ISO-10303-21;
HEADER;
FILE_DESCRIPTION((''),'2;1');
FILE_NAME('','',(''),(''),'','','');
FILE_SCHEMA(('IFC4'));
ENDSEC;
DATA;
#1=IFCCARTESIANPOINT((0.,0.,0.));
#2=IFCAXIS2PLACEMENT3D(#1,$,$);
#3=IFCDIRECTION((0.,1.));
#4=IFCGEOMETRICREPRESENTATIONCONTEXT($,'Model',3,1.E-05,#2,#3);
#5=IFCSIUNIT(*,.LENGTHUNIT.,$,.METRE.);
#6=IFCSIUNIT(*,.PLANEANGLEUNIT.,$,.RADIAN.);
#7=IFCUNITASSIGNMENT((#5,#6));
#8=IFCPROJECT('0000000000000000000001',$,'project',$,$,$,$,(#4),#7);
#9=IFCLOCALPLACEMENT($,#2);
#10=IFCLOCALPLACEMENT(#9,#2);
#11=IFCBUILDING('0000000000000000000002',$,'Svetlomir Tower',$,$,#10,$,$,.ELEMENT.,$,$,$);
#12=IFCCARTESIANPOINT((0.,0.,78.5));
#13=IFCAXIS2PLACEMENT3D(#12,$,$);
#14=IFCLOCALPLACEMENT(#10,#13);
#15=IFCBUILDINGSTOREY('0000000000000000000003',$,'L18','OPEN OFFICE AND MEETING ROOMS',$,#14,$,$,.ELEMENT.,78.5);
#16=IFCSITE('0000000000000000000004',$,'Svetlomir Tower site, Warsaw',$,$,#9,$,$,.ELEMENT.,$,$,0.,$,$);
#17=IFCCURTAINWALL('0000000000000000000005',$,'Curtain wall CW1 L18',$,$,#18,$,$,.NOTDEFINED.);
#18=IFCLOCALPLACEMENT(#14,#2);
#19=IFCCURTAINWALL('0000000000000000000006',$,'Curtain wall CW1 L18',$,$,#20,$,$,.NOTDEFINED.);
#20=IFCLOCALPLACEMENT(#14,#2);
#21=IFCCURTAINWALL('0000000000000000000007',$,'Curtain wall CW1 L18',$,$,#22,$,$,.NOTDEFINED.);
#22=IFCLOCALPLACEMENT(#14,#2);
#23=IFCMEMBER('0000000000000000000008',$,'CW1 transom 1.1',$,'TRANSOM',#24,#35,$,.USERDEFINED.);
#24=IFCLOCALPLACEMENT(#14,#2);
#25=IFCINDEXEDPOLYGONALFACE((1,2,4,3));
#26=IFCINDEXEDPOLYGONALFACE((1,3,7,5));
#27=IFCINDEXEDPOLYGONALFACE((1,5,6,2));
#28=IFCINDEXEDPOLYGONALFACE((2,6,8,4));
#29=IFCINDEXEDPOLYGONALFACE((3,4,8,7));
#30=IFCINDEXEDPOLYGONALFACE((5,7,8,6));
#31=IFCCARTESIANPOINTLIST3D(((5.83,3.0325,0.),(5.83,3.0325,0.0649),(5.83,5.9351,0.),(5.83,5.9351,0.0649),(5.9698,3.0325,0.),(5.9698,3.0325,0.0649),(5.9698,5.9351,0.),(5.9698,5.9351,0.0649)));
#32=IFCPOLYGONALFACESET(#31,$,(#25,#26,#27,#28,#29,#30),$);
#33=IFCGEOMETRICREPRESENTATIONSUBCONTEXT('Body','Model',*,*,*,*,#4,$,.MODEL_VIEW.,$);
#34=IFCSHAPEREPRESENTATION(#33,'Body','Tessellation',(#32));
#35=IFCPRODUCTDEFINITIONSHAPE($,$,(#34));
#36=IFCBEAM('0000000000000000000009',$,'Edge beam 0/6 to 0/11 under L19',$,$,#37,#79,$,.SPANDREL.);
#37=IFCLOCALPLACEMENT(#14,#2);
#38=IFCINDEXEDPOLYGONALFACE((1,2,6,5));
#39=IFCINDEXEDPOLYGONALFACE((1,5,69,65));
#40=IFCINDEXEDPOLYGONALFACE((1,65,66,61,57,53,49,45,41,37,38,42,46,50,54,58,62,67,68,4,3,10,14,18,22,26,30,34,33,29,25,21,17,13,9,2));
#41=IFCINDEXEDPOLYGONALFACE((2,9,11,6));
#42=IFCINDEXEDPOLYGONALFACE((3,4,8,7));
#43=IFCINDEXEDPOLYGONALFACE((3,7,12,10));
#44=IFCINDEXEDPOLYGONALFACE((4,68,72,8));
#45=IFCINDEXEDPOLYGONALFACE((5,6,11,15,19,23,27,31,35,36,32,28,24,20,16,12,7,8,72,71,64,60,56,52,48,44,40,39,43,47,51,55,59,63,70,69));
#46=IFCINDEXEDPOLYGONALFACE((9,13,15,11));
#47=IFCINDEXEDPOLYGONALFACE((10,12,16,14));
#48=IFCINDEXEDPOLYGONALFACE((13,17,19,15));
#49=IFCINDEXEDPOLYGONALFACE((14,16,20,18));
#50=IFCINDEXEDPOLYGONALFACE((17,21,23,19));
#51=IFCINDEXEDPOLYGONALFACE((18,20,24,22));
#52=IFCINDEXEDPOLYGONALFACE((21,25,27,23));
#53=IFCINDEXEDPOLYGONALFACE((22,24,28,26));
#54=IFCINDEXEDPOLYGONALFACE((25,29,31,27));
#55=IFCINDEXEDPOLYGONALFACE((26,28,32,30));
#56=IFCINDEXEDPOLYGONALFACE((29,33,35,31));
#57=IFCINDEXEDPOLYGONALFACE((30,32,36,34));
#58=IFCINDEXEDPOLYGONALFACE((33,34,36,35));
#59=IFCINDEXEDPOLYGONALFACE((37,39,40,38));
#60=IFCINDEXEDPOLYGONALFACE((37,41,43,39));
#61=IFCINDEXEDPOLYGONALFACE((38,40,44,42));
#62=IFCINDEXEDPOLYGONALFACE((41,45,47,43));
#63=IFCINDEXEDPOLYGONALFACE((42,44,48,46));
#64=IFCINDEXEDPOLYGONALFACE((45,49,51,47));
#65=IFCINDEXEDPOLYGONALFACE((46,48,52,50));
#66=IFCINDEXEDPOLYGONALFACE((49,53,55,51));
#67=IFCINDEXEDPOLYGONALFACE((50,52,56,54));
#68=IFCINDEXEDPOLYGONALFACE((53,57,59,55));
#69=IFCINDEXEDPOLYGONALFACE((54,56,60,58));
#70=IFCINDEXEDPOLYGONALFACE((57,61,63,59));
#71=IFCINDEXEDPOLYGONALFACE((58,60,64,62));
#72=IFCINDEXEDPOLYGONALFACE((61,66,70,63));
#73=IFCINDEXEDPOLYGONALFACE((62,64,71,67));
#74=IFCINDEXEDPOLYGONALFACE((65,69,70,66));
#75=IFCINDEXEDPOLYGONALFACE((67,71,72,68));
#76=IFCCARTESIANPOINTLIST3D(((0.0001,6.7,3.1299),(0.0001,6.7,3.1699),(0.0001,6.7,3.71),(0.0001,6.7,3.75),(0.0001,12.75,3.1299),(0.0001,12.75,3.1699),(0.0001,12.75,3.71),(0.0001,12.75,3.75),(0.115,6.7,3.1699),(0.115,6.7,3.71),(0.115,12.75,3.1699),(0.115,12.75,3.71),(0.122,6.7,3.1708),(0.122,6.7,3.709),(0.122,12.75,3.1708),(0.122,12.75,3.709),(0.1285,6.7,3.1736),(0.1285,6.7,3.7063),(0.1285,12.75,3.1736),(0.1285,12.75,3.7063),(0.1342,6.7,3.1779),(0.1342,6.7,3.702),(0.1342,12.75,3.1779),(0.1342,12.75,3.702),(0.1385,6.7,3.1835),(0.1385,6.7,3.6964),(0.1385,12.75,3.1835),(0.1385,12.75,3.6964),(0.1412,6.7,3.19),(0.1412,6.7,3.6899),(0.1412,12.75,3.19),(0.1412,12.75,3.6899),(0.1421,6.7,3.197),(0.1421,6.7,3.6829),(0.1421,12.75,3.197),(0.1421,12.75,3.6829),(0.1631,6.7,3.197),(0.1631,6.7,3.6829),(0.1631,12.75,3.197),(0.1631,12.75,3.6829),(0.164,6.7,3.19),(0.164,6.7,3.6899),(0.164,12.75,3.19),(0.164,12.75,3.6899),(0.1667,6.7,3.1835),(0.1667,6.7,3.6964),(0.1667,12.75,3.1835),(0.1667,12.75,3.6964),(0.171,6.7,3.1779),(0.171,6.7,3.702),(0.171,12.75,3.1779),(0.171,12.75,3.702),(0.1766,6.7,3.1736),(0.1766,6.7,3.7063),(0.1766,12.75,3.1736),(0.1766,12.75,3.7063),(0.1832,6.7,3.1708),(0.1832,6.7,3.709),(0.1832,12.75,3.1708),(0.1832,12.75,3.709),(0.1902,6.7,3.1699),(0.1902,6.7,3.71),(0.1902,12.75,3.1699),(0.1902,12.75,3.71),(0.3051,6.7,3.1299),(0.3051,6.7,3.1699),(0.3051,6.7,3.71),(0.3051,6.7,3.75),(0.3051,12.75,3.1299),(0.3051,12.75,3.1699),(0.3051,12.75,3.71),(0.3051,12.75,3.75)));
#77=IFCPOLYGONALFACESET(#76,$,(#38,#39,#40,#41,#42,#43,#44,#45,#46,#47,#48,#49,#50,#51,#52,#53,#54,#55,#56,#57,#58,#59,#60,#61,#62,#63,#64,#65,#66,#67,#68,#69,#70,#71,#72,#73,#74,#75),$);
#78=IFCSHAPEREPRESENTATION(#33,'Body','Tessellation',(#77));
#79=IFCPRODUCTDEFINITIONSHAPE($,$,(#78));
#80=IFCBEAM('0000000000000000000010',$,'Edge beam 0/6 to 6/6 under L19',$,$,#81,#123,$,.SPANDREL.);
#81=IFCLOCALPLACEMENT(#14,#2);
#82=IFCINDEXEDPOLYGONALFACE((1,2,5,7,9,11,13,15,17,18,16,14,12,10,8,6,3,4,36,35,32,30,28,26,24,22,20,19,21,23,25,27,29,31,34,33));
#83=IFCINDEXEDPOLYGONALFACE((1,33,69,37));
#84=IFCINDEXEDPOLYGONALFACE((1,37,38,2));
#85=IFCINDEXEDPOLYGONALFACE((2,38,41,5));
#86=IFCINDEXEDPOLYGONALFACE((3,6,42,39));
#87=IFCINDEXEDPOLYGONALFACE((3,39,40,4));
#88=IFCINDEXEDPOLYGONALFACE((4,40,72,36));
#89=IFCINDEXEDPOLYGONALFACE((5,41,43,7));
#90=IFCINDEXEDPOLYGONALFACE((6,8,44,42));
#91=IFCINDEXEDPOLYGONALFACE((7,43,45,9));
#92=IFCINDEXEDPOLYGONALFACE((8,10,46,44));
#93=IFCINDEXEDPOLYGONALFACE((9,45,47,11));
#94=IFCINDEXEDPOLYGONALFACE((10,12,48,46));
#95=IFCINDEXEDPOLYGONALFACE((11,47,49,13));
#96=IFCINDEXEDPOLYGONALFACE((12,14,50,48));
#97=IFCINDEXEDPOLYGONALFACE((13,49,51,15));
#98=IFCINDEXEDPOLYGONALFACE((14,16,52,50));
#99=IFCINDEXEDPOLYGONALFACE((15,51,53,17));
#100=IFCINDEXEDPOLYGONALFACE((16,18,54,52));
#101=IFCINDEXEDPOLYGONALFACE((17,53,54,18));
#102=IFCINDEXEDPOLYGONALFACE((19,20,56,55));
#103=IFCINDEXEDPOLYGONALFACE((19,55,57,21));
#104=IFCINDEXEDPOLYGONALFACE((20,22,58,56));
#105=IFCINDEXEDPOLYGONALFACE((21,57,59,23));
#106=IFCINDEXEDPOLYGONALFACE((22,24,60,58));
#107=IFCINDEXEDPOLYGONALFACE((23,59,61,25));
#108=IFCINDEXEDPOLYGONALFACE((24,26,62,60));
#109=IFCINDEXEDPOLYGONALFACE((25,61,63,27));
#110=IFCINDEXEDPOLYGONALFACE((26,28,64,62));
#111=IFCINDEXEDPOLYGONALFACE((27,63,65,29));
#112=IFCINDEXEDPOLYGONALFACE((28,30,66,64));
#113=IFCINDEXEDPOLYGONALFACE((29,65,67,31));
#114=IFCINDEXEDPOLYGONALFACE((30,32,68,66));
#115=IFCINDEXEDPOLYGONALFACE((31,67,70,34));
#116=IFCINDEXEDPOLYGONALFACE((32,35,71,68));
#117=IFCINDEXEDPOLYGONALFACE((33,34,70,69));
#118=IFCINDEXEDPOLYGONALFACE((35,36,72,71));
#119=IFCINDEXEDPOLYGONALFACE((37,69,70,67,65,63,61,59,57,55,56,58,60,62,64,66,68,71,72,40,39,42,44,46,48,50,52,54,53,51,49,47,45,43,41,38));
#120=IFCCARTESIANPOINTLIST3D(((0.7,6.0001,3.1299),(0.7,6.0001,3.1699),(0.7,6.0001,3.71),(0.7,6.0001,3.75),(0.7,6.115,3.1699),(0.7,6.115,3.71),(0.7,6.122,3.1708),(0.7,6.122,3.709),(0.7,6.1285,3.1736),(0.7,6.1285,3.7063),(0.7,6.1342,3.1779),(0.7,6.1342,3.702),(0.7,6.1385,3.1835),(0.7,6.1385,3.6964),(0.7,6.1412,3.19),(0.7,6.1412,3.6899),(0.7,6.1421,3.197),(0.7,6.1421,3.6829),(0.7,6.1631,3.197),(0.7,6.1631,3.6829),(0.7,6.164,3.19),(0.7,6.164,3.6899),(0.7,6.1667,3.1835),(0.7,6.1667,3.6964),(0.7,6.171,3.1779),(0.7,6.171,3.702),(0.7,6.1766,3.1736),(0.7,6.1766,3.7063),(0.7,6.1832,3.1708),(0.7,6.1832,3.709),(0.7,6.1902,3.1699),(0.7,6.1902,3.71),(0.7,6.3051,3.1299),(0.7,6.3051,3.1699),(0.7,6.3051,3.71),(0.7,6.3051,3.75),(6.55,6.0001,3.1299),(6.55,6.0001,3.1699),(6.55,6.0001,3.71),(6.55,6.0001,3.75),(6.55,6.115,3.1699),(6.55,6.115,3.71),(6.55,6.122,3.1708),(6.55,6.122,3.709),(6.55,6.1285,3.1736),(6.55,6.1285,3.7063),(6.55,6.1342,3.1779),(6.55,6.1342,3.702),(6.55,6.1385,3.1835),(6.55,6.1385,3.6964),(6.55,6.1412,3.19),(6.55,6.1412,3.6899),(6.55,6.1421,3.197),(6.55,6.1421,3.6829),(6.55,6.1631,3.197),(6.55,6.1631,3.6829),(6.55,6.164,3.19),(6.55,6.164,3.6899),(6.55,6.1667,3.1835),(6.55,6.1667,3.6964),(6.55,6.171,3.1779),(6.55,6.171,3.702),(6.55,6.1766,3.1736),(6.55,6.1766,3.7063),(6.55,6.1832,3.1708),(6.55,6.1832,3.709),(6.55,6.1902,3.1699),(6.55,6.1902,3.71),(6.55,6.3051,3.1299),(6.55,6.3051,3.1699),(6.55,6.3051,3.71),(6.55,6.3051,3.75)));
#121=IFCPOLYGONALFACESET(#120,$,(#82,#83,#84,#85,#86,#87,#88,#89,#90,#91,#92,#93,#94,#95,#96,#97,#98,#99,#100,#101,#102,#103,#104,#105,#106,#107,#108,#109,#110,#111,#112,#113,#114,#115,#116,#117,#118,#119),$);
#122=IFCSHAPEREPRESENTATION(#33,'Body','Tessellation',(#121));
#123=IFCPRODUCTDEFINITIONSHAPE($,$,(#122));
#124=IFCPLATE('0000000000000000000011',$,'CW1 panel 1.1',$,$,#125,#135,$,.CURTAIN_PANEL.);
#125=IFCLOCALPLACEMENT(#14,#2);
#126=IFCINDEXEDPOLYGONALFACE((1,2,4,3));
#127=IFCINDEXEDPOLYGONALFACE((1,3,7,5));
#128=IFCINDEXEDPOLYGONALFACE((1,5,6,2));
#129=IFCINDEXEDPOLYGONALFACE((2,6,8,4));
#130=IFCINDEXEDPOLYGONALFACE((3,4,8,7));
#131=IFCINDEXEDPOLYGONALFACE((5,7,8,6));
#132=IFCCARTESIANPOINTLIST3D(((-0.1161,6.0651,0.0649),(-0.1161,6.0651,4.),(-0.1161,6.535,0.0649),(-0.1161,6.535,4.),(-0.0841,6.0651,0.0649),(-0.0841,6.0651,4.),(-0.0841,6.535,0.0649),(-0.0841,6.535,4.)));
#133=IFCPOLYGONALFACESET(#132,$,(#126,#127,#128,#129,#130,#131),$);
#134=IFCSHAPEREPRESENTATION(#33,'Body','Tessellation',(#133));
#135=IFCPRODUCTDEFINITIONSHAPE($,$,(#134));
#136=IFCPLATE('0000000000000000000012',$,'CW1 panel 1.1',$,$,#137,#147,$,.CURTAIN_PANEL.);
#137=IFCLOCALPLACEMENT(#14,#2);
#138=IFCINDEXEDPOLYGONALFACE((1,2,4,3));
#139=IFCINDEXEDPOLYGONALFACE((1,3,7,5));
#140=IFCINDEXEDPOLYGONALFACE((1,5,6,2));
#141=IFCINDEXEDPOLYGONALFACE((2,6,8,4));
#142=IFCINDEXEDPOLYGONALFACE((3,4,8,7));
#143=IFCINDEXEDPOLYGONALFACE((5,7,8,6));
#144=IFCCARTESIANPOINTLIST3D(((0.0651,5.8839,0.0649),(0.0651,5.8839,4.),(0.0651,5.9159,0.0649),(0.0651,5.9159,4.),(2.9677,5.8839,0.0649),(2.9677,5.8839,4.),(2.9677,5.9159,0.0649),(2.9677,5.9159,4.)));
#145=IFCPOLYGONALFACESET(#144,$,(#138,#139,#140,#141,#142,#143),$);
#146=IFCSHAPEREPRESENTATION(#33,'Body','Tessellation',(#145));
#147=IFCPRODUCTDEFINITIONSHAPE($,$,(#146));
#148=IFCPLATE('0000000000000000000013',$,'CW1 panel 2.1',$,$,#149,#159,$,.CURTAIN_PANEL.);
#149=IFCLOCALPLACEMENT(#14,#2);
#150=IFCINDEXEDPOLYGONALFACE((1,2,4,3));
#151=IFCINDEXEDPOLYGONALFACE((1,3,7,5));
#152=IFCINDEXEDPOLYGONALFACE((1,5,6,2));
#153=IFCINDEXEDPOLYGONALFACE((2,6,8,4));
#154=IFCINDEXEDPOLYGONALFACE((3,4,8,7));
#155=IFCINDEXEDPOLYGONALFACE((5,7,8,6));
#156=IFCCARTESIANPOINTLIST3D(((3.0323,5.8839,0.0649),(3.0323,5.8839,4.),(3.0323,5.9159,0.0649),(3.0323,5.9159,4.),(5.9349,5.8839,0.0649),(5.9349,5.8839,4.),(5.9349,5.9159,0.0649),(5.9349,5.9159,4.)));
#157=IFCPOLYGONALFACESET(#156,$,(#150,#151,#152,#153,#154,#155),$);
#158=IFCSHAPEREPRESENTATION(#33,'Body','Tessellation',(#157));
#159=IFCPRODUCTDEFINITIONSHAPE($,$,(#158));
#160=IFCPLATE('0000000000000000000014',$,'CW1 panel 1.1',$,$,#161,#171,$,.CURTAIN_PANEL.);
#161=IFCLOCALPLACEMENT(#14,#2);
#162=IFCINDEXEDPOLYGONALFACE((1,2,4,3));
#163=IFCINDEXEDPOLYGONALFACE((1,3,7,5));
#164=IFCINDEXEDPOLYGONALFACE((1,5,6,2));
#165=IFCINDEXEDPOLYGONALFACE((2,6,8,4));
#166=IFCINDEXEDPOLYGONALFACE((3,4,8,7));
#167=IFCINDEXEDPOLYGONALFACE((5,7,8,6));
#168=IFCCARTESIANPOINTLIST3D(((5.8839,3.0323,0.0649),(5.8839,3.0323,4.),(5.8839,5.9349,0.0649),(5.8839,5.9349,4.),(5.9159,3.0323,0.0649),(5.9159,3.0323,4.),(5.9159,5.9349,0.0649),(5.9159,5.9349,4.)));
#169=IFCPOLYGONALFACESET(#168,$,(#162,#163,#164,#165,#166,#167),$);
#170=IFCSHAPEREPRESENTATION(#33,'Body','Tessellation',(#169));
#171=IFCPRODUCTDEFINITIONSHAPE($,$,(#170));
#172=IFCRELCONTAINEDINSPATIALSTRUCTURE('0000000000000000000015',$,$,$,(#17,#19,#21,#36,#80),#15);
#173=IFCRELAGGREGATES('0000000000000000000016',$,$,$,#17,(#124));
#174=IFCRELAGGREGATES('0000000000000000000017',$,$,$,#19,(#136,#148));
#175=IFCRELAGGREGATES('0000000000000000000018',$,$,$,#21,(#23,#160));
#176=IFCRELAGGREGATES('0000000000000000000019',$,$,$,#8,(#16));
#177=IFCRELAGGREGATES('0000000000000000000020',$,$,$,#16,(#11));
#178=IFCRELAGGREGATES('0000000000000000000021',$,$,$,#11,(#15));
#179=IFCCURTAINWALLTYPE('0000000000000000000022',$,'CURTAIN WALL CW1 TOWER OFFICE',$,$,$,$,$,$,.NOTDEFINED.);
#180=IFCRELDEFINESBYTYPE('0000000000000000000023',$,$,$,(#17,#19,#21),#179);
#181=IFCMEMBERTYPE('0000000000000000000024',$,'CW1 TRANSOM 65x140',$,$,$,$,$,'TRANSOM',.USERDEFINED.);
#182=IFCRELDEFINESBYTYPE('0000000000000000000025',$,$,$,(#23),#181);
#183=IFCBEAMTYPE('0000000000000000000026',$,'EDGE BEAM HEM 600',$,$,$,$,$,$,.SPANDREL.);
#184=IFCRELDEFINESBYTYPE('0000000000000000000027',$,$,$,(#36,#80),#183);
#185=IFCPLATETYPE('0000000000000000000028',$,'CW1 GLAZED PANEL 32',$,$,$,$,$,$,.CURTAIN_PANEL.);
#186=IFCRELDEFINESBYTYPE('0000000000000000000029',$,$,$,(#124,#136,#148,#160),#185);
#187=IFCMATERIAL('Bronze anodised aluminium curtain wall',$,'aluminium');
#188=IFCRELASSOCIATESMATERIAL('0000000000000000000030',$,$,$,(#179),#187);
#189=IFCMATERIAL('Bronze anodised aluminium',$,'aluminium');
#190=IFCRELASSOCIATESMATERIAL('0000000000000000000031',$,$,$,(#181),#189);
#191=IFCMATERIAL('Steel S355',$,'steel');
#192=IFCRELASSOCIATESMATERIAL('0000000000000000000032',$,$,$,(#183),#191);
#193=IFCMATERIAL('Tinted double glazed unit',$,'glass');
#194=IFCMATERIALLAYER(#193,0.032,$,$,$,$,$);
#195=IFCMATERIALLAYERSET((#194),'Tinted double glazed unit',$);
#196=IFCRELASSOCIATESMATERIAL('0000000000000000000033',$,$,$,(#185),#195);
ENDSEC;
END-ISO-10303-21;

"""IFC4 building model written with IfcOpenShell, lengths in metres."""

from ifc_helpers import new_model, si_unit, direction, frame, origin, origin_2d, place, context, subcontext, project, spatial, rectangle, i_section, extrude, material, layer, layer_set, material_profile, profile_set, type_object, element, aggregate, save


model = new_model("IFC4")

# Units and contexts
model_context = context("Model", 3, precision=1e-05, world=origin(), true_north=direction((0.0, 1.0)))
body_context = subcontext(model_context, "Body", "Model", "MODEL_VIEW")
ifc_project = project(units=[si_unit("LENGTHUNIT", "METRE"), si_unit("PLANEANGLEUNIT", "RADIAN")], contexts=[model_context])

# Site, building, storey
site_placement = place(None, origin())
site = spatial("IfcSite", under=ifc_project, at=site_placement, Name="Svetlomir Tower site, Warsaw", CompositionType="ELEMENT", RefElevation=0.0)
building_placement = place(site_placement, origin())
building = spatial("IfcBuilding", under=site, at=building_placement, Name="Svetlomir Tower", CompositionType="ELEMENT")
storey_placement = place(building_placement, frame((0.0, 0.0, 78.5)))
storey = spatial("IfcBuildingStorey", under=building, at=storey_placement, Name="L18", Description="OPEN OFFICE AND MEETING ROOMS", CompositionType="ELEMENT", Elevation=78.5)

# Shared definitions
ifc_material_1 = material(Name="Bronze anodised aluminium curtain wall", Category="aluminium")
curtain_wall_type = type_object("IfcCurtainWallType", Name="CURTAIN WALL CW1 TOWER OFFICE", PredefinedType="NOTDEFINED", material=ifc_material_1)

# Curtain walls
curtain_wall_1_placement = place(storey_placement, origin())
curtain_wall_1 = element("IfcCurtainWall", 1, at=curtain_wall_1_placement, inside=storey, type_object=curtain_wall_type, Name="Curtain wall CW1 L18", PredefinedType="NOTDEFINED")
curtain_wall_2_placement = place(storey_placement, origin())
curtain_wall_2 = element("IfcCurtainWall", 2, at=curtain_wall_2_placement, inside=storey, type_object=curtain_wall_type, Name="Curtain wall CW1 L18", PredefinedType="NOTDEFINED")

# Curtain wall
curtain_wall_3_placement = place(storey_placement, origin())
curtain_wall_3 = element("IfcCurtainWall", 3, at=curtain_wall_3_placement, inside=storey, type_object=curtain_wall_type, Name="Curtain wall CW1 L18", PredefinedType="NOTDEFINED")

# Member
ifc_material_2 = material(Name="Bronze anodised aluminium", Category="aluminium")
ifc_material_profile_1 = material_profile(ifc_material_2, rectangle(XDim=0.1399, YDim=0.0649, at=origin_2d()), Name="AL 140x65")
ifc_profile_set_1 = profile_set([ifc_material_profile_1], Name="Bronze anodised aluminium 6063-T6")
member_type_1 = type_object("IfcMemberType", Name="CW1 TRANSOM 65x140", ElementType="TRANSOM", PredefinedType="USERDEFINED", material=ifc_profile_set_1)
member_1_placement = place(storey_placement, frame((5.8999, 5.9351, 0.0325), z_axis=(0.0, -1.0, 0.0), x_axis=(1.0, 0.0, 0.0)))
member_1 = element("IfcMember", 4, at=member_1_placement, type_object=member_type_1, Name="CW1 transom 1.1", ObjectType="TRANSOM", PredefinedType="USERDEFINED", context=body_context, shape_type="SweptSolid", body=[
    extrude(rectangle(XDim=0.1399, YDim=0.0649, at=origin_2d()), origin(), (0.0, 0.0, 1.0), 2.9026),
])

# Beams
ifc_material_3 = material(Name="Steel S355", Category="steel")
ifc_material_profile_2 = material_profile(ifc_material_3, i_section(OverallWidth=0.3049, OverallDepth=0.6201, WebThickness=0.021, FlangeThickness=0.04, FilletRadius=0.0271, at=origin_2d()), Name="HEM 600")
ifc_profile_set_2 = profile_set([ifc_material_profile_2], Name="Steel S355")
beam_type_1 = type_object("IfcBeamType", Name="EDGE BEAM HEM 600", PredefinedType="SPANDREL", material=ifc_profile_set_2)
beam_1_placement = place(storey_placement, frame((0.1526, 6.7, 3.4399), z_axis=(0.0, 1.0, 0.0), x_axis=(-1.0, 0.0, 0.0)))
element("IfcBeam", 5, at=beam_1_placement, inside=storey, type_object=beam_type_1, Name="Edge beam 0/6 to 0/11 under L19", PredefinedType="SPANDREL", context=body_context, shape_type="SweptSolid", body=[
    extrude(i_section(OverallWidth=0.3049, OverallDepth=0.6201, WebThickness=0.021, FlangeThickness=0.04, FilletRadius=0.0271, at=origin_2d()), origin(), (0.0, 0.0, 1.0), 6.05),
])
beam_2_placement = place(storey_placement, frame((0.7, 6.1526, 3.4399), z_axis=(1.0, 0.0, 0.0), x_axis=(0.0, 1.0, 0.0)))
element("IfcBeam", 6, at=beam_2_placement, inside=storey, type_object=beam_type_1, Name="Edge beam 0/6 to 6/6 under L19", PredefinedType="SPANDREL", context=body_context, shape_type="SweptSolid", body=[
    extrude(i_section(OverallWidth=0.3049, OverallDepth=0.6201, WebThickness=0.021, FlangeThickness=0.04, FilletRadius=0.0271, at=origin_2d()), origin(), (0.0, 0.0, 1.0), 5.8501),
])

# Plates
ifc_material_4 = material(Name="Tinted double glazed unit", Category="glass")
ifc_layer_1 = layer(ifc_material_4, 0.032)
ifc_layer_set_1 = layer_set([ifc_layer_1], Name="Tinted double glazed unit")
plate_type = type_object("IfcPlateType", Name="CW1 GLAZED PANEL 32", PredefinedType="CURTAIN_PANEL", material=ifc_layer_set_1)
plate_1_placement = place(storey_placement, frame((-0.1001, 6.3, 0.0649), z_axis=(0.0, 0.0, 1.0), x_axis=(0.0, -1.0, 0.0)))
plate_1 = element("IfcPlate", 7, at=plate_1_placement, type_object=plate_type, Name="CW1 panel 1.1", PredefinedType="CURTAIN_PANEL", context=body_context, shape_type="SweptSolid", body=[
    extrude(rectangle(XDim=0.47, YDim=0.032, at=origin_2d()), origin(), (0.0, 0.0, 1.0), 3.9351),
])
aggregate(curtain_wall_1, [plate_1])
plate_2_placement = place(storey_placement, frame((1.5164, 5.8999, 0.0649), z_axis=(0.0, 0.0, 1.0), x_axis=(1.0, 0.0, 0.0)))
plate_2 = element("IfcPlate", 8, at=plate_2_placement, type_object=plate_type, Name="CW1 panel 1.1", PredefinedType="CURTAIN_PANEL", context=body_context, shape_type="SweptSolid", body=[
    extrude(rectangle(XDim=2.9026, YDim=0.032, at=origin_2d()), origin(), (0.0, 0.0, 1.0), 3.9351),
])
plate_3_placement = place(storey_placement, frame((4.4836, 5.8999, 0.0649), z_axis=(0.0, 0.0, 1.0), x_axis=(1.0, 0.0, 0.0)))
plate_3 = element("IfcPlate", 9, at=plate_3_placement, type_object=plate_type, Name="CW1 panel 2.1", PredefinedType="CURTAIN_PANEL", context=body_context, shape_type="SweptSolid", body=[
    extrude(rectangle(XDim=2.9026, YDim=0.032, at=origin_2d()), origin(), (0.0, 0.0, 1.0), 3.9351),
])
aggregate(curtain_wall_2, [plate_2, plate_3])
plate_4_placement = place(storey_placement, frame((5.8999, 4.4836, 0.0649), z_axis=(0.0, 0.0, 1.0), x_axis=(0.0, -1.0, 0.0)))
plate_4 = element("IfcPlate", 10, at=plate_4_placement, type_object=plate_type, Name="CW1 panel 1.1", PredefinedType="CURTAIN_PANEL", context=body_context, shape_type="SweptSolid", body=[
    extrude(rectangle(XDim=2.9026, YDim=0.032, at=origin_2d()), origin(), (0.0, 0.0, 1.0), 3.9351),
])
aggregate(curtain_wall_3, [member_1, plate_4])

save(model, "model.ifc")
